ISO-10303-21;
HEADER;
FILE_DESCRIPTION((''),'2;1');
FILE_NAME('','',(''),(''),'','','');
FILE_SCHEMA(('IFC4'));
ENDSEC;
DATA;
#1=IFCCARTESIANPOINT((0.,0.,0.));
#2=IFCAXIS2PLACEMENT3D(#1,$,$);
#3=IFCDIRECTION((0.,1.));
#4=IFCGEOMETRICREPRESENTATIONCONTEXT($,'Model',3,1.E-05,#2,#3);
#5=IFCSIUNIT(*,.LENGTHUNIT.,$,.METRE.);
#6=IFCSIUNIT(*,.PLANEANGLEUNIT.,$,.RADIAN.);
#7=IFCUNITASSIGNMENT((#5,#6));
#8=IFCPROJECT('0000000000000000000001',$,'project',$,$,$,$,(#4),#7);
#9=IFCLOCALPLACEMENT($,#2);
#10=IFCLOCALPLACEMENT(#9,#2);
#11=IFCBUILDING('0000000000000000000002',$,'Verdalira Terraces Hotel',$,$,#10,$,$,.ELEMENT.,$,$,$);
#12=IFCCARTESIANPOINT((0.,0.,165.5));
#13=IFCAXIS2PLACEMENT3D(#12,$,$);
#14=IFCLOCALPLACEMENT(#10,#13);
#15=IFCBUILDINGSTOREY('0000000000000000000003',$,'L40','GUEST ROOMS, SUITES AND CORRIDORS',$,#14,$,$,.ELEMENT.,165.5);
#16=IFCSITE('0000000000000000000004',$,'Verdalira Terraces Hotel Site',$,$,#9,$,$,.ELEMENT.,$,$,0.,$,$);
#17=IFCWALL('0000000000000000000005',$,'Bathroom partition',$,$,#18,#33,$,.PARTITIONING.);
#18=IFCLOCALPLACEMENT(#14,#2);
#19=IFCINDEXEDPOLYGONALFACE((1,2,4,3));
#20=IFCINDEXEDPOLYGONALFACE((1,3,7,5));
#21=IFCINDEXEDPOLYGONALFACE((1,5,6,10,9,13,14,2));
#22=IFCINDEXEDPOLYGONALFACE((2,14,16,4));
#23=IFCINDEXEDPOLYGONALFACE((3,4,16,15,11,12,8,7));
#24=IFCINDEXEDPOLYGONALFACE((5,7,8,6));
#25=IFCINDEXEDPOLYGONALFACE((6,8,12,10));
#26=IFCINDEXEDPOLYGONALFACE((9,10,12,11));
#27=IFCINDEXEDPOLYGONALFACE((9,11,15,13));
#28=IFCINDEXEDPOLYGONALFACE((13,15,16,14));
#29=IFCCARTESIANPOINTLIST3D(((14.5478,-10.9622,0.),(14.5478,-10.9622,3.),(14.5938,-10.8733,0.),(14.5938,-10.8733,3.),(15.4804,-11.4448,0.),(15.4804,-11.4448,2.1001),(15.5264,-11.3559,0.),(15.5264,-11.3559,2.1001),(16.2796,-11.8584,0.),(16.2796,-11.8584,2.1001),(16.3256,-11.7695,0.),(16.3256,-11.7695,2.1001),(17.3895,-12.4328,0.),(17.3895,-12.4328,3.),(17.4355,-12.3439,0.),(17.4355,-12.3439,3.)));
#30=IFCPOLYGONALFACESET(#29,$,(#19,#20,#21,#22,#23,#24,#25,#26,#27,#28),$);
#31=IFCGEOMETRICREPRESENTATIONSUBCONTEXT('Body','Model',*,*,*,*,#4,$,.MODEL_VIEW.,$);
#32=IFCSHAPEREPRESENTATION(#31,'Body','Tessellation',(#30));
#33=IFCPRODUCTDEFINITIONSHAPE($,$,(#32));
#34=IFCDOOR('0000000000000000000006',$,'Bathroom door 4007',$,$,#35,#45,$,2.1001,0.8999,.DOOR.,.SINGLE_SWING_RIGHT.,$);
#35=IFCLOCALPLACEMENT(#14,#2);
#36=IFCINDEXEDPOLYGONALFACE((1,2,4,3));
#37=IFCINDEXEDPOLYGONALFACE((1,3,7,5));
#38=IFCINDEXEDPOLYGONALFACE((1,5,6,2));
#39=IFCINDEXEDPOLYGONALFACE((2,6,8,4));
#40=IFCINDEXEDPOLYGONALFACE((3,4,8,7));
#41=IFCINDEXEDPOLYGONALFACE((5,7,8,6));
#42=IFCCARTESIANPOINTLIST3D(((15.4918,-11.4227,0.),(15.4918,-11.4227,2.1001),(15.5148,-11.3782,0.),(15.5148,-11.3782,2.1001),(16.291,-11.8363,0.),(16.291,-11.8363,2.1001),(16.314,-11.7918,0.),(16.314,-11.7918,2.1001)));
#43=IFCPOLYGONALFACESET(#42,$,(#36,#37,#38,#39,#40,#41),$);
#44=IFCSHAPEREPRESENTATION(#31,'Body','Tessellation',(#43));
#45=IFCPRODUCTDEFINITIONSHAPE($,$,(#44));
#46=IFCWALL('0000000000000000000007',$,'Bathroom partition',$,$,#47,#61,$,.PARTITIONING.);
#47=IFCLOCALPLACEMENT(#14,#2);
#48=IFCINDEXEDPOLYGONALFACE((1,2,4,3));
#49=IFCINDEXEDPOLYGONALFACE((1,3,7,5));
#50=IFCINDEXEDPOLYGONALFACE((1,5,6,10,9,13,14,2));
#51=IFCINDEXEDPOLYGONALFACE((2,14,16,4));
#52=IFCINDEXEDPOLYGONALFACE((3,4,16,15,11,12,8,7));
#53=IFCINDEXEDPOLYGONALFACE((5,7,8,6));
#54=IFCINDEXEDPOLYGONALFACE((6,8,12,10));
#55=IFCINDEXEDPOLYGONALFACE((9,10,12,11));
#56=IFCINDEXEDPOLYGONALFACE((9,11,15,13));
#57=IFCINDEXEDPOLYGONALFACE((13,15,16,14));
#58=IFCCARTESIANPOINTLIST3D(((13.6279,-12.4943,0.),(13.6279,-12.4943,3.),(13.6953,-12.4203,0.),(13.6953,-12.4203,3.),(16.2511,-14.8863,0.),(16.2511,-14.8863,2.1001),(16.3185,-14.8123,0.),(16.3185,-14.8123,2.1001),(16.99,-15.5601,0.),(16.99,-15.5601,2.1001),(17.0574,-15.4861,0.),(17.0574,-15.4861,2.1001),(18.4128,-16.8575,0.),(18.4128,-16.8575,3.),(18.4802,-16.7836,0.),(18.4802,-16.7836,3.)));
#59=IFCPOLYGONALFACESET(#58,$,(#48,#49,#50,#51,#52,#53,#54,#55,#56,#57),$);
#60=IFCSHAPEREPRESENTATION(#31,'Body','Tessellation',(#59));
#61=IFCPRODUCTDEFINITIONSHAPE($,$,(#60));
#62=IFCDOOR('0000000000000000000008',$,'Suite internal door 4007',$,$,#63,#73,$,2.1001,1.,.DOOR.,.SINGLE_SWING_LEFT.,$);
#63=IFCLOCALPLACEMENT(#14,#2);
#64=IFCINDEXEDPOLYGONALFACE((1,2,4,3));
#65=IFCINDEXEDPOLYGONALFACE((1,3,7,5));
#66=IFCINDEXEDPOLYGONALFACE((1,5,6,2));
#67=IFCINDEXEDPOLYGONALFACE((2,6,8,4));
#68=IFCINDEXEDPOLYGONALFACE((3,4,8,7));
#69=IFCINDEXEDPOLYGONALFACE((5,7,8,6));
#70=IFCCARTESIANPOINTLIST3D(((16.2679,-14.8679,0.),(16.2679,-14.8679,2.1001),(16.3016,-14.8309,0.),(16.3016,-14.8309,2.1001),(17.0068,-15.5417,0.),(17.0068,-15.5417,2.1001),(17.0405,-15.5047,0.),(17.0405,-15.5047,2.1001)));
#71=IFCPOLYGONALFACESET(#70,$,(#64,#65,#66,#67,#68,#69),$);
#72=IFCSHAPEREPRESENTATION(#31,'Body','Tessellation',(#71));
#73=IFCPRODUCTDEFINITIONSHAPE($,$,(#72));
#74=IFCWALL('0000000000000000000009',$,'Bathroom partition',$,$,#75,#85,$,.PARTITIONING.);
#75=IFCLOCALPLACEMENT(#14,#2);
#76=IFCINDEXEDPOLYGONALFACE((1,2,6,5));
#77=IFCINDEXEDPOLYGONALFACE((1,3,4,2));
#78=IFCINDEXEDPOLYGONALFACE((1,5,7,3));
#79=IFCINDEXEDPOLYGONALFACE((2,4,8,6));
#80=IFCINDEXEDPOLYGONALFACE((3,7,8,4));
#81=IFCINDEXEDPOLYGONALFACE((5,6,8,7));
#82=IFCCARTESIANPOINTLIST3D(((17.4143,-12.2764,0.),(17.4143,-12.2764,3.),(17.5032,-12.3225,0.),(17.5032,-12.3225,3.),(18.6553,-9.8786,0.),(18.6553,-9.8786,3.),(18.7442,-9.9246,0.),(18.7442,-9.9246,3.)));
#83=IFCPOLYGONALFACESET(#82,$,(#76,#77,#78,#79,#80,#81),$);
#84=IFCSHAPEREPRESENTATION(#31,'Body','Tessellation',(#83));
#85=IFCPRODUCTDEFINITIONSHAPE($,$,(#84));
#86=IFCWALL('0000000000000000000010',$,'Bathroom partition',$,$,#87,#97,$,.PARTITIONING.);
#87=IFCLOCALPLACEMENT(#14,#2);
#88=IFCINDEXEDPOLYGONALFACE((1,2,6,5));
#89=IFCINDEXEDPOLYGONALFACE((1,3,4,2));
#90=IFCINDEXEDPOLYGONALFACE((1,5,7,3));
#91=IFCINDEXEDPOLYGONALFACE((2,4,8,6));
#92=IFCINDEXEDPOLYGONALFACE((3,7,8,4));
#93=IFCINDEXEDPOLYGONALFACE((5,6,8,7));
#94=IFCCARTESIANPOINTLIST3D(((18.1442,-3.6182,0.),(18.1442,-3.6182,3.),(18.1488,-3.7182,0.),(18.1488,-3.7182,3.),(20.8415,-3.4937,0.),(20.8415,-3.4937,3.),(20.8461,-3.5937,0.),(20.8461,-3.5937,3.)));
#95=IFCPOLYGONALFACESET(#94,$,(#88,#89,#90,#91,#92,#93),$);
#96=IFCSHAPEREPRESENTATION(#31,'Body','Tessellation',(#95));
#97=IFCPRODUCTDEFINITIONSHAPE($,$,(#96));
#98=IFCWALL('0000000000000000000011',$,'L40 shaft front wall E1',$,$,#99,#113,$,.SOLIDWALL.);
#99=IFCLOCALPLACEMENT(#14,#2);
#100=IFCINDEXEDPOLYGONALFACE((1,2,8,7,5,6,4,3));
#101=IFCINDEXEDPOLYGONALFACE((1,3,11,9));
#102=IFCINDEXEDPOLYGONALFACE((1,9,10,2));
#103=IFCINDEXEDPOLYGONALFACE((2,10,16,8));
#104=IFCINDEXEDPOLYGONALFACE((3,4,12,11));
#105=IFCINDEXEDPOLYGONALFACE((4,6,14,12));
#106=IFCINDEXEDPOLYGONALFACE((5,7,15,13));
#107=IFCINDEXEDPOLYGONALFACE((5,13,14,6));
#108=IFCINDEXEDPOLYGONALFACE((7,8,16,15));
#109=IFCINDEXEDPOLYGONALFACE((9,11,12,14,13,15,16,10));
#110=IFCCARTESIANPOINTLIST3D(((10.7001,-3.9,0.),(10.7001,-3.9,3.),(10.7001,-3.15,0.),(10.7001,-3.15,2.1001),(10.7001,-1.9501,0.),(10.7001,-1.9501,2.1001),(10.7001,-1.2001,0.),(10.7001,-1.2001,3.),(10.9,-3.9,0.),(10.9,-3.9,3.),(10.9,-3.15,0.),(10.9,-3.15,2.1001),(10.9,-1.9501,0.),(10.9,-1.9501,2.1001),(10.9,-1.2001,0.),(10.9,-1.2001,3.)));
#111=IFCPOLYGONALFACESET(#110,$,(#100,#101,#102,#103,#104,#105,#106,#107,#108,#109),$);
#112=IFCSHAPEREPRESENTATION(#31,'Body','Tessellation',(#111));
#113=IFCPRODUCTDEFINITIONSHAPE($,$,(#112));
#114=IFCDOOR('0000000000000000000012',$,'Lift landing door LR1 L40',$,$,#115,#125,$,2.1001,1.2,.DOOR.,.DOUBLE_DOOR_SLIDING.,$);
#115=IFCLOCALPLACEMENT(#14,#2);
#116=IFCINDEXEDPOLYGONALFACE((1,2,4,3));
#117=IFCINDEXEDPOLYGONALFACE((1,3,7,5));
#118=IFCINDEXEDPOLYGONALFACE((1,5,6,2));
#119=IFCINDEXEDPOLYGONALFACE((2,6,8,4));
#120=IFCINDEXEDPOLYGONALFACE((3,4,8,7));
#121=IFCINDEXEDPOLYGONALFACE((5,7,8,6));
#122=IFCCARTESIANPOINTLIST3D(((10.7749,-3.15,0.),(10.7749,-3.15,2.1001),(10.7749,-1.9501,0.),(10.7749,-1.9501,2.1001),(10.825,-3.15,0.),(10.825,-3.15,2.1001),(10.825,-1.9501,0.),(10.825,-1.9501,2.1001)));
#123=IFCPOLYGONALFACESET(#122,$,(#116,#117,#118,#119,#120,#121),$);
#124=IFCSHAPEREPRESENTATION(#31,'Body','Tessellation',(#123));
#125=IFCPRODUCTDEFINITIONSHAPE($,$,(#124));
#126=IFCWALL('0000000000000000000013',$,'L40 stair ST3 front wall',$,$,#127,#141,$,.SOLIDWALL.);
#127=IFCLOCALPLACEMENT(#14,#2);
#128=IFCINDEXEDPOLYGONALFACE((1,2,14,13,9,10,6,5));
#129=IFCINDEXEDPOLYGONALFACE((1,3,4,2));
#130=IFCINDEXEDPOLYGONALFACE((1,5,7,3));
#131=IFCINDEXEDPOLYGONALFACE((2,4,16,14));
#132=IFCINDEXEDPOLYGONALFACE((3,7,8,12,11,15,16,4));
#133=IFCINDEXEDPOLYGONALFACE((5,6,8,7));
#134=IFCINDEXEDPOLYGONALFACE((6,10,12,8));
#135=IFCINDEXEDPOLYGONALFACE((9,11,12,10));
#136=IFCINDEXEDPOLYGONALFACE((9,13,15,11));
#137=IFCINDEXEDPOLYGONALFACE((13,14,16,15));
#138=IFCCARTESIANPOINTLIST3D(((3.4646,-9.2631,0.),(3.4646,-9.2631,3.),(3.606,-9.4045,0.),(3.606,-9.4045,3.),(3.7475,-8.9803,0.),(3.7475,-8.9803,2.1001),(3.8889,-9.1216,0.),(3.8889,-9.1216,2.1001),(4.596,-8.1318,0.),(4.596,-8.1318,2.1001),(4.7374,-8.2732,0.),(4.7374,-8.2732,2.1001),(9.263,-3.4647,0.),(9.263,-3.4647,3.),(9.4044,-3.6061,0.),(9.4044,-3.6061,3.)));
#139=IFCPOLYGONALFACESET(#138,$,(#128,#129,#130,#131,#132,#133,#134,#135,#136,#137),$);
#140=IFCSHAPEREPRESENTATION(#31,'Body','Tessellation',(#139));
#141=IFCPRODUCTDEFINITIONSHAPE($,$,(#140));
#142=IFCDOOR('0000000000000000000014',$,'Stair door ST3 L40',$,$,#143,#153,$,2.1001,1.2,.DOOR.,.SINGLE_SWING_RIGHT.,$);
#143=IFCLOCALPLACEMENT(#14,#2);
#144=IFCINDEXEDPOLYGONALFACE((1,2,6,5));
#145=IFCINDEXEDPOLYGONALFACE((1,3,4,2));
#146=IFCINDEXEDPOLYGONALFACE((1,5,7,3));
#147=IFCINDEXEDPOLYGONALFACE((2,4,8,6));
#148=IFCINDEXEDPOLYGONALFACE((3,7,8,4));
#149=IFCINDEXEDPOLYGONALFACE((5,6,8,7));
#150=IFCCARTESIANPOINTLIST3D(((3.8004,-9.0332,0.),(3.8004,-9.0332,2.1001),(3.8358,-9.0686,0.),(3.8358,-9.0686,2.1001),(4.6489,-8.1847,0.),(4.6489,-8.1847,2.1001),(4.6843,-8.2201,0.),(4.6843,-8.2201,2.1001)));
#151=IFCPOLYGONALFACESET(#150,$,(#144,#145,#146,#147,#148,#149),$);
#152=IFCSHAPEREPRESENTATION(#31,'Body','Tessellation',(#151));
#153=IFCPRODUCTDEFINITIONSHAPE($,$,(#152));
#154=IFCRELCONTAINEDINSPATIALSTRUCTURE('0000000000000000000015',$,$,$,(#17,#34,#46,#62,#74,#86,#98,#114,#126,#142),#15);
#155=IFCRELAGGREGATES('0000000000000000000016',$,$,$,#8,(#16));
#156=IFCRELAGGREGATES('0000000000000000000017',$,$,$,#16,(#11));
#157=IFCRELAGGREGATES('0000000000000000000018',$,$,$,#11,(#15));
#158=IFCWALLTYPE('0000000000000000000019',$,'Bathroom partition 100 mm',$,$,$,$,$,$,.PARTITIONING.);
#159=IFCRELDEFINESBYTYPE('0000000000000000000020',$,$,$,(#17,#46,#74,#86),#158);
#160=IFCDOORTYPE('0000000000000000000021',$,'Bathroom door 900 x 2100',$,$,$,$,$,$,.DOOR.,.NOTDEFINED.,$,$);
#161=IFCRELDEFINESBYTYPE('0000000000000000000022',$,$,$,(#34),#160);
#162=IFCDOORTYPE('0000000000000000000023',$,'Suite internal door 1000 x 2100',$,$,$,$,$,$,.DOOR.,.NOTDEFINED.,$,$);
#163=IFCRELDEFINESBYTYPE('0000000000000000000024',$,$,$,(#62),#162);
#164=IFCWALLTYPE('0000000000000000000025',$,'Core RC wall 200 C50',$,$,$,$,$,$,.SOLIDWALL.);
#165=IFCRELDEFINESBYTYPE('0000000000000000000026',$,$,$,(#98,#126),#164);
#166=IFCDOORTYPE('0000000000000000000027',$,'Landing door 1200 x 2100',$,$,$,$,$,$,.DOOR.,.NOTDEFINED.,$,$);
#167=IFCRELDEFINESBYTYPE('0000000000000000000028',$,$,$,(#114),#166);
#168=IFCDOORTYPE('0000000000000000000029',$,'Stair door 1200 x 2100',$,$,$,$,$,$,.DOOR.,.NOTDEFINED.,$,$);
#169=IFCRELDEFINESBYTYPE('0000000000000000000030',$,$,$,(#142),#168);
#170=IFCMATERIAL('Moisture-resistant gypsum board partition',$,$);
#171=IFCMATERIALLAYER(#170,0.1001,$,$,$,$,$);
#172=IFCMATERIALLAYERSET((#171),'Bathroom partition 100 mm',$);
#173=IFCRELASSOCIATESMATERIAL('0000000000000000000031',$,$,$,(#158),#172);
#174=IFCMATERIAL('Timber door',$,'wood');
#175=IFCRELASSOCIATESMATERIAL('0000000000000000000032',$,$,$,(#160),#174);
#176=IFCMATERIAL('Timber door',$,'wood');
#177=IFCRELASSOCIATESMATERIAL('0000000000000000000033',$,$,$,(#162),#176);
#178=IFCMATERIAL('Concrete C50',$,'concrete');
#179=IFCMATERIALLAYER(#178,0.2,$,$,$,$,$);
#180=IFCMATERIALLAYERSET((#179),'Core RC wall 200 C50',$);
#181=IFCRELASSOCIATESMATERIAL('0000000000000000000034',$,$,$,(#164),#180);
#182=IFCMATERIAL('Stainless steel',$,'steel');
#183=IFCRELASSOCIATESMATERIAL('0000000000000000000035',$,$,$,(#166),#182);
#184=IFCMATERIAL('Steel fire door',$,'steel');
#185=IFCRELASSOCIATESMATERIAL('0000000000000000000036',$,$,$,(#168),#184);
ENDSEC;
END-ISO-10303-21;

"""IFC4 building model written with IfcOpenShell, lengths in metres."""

from ifc_helpers import new_model, si_unit, direction, frame, frame_2d, origin, place, context, subcontext, project, spatial, rectangle, extrude, material, layer, layer_set, type_object, element, fill, save


model = new_model("IFC4")

# Units and contexts
model_context = context("Model", 3, precision=1e-05, world=origin(), true_north=direction((0.0, 1.0)))
body_context = subcontext(model_context, "Body", "Model", "MODEL_VIEW")
ifc_project = project(units=[si_unit("LENGTHUNIT", "METRE"), si_unit("PLANEANGLEUNIT", "RADIAN")], contexts=[model_context])

# Site, building, storey
site_placement = place(None, origin())
site = spatial("IfcSite", under=ifc_project, at=site_placement, Name="Verdalira Terraces Hotel Site", CompositionType="ELEMENT", RefElevation=0.0)
building_placement = place(site_placement, origin())
building = spatial("IfcBuilding", under=site, at=building_placement, Name="Verdalira Terraces Hotel", CompositionType="ELEMENT")
storey_placement = place(building_placement, frame((0.0, 0.0, 165.5)))
storey = spatial("IfcBuildingStorey", under=building, at=storey_placement, Name="L40", Description="GUEST ROOMS, SUITES AND CORRIDORS", CompositionType="ELEMENT", Elevation=165.5)

# Walls, openings, doors
ifc_material_1 = material(Name="Moisture-resistant gypsum board partition")
ifc_layer_1 = layer(ifc_material_1, 0.1001)
ifc_layer_set_1 = layer_set([ifc_layer_1], Name="Bathroom partition 100 mm")
wall_type_1 = type_object("IfcWallType", Name="Bathroom partition 100 mm", PredefinedType="PARTITIONING", material=ifc_layer_set_1)
wall_1_placement = place(storey_placement, frame((14.5708, -10.9177, 0.0), z_axis=(0.0, 0.0, 1.0), x_axis=(0.888115, -0.459622, 0.0)))
wall_1 = element("IfcWall", 1, at=wall_1_placement, inside=storey, type_object=wall_type_1, Name="Bathroom partition", PredefinedType="PARTITIONING", context=body_context, shape_type="SweptSolid", body=[
    extrude(rectangle(XDim=3.1997, YDim=0.1001, at=frame_2d((1.5999, 0.0))), origin(), (0.0, 0.0, 1.0), 3.0),
])
opening_1_placement = place(wall_1_placement, frame((1.05, 0.0, 0.0)))
opening_1 = element("IfcOpeningElement", 2, at=opening_1_placement, cuts=wall_1, PredefinedType="OPENING", context=body_context, shape_type="SweptSolid", body=[
    extrude(rectangle(XDim=0.8999, YDim=2.1001, at=frame_2d((0.45, 1.05))), frame((0.0, 0.0601, 0.0), z_axis=(0.0, -1.0, 0.0), x_axis=(1.0, 0.0, 0.0)), (0.0, 0.0, 1.0), 0.1201),
])
ifc_material_2 = material(Name="Timber door", Category="wood")
door_type_1 = type_object("IfcDoorType", Name="Bathroom door 900 x 2100", OperationType="NOTDEFINED", PredefinedType="DOOR", material=ifc_material_2)
door_1_placement = place(opening_1_placement, origin())
door_1 = element("IfcDoor", 3, at=door_1_placement, inside=storey, type_object=door_type_1, Name="Bathroom door 4007", OperationType="SINGLE_SWING_RIGHT", OverallHeight=2.1001, OverallWidth=0.8999, PredefinedType="DOOR", context=body_context, shape_type="SweptSolid", body=[
    extrude(rectangle(XDim=0.8999, YDim=2.1001, at=frame_2d((0.45, 1.05))), frame((0.0, 0.0249, 0.0), z_axis=(0.0, -1.0, 0.0), x_axis=(1.0, 0.0, 0.0)), (0.0, 0.0, 1.0), 0.05),
])
fill(opening_1, door_1)
wall_2_placement = place(storey_placement, frame((13.6616, -12.4573, 0.0), z_axis=(0.0, 0.0, 1.0), x_axis=(0.738912, -0.673802, 0.0)))
wall_2 = element("IfcWall", 4, at=wall_2_placement, inside=storey, type_object=wall_type_1, Name="Bathroom partition", PredefinedType="PARTITIONING", context=body_context, shape_type="SweptSolid", body=[
    extrude(rectangle(XDim=6.4756, YDim=0.1001, at=frame_2d((3.2378, 0.0))), origin(), (0.0, 0.0, 1.0), 3.0),
])
opening_2_placement = place(wall_2_placement, frame((3.55, 0.0, 0.0)))
opening_2 = element("IfcOpeningElement", 5, at=opening_2_placement, cuts=wall_2, PredefinedType="OPENING", context=body_context, shape_type="SweptSolid", body=[
    extrude(rectangle(XDim=1.0, YDim=2.1001, at=frame_2d((0.5, 1.05))), frame((0.0, 0.0601, 0.0), z_axis=(0.0, -1.0, 0.0), x_axis=(1.0, 0.0, 0.0)), (0.0, 0.0, 1.0), 0.1201),
])
ifc_material_3 = material(Name="Timber door", Category="wood")
door_type_2 = type_object("IfcDoorType", Name="Suite internal door 1000 x 2100", OperationType="NOTDEFINED", PredefinedType="DOOR", material=ifc_material_3)
door_2_placement = place(opening_2_placement, origin())
door_2 = element("IfcDoor", 6, at=door_2_placement, inside=storey, type_object=door_type_2, Name="Suite internal door 4007", OperationType="SINGLE_SWING_LEFT", OverallHeight=2.1001, OverallWidth=1.0, PredefinedType="DOOR", context=body_context, shape_type="SweptSolid", body=[
    extrude(rectangle(XDim=1.0, YDim=2.1001, at=frame_2d((0.5, 1.05))), frame((0.0, 0.0249, 0.0), z_axis=(0.0, -1.0, 0.0), x_axis=(1.0, 0.0, 0.0)), (0.0, 0.0, 1.0), 0.05),
])
fill(opening_2, door_2)

# Walls
wall_3_placement = place(storey_placement, frame((17.4587, -12.2996, 0.0), z_axis=(0.0, 0.0, 1.0), x_axis=(0.459612, 0.88812, 0.0)))
element("IfcWall", 7, at=wall_3_placement, inside=storey, type_object=wall_type_1, Name="Bathroom partition", PredefinedType="PARTITIONING", context=body_context, shape_type="SweptSolid", body=[
    extrude(rectangle(XDim=2.7, YDim=0.1001, at=frame_2d((1.3501, 0.0))), origin(), (0.0, 0.0, 1.0), 3.0),
])
wall_4_placement = place(storey_placement, frame((18.1465, -3.6682, 0.0), z_axis=(0.0, 0.0, 1.0), x_axis=(0.998936, 0.046113, 0.0)))
element("IfcWall", 8, at=wall_4_placement, inside=storey, type_object=wall_type_1, Name="Bathroom partition", PredefinedType="PARTITIONING", context=body_context, shape_type="SweptSolid", body=[
    extrude(rectangle(XDim=2.7002, YDim=0.1001, at=frame_2d((1.3501, 0.0))), origin(), (0.0, 0.0, 1.0), 3.0),
])

# Walls, openings, doors
ifc_material_4 = material(Name="Concrete C50", Category="concrete")
ifc_layer_2 = layer(ifc_material_4, 0.2)
ifc_layer_set_2 = layer_set([ifc_layer_2], Name="Core RC wall 200 C50")
wall_type_2 = type_object("IfcWallType", Name="Core RC wall 200 C50", PredefinedType="SOLIDWALL", material=ifc_layer_set_2)
wall_5_placement = place(storey_placement, frame((10.8, -1.2, 0.0), z_axis=(0.0, 0.0, 1.0), x_axis=(0.0, -1.0, 0.0)))
wall_5 = element("IfcWall", 9, at=wall_5_placement, inside=storey, type_object=wall_type_2, Name="L40 shaft front wall E1", PredefinedType="SOLIDWALL", context=body_context, shape_type="SweptSolid", body=[
    extrude(rectangle(XDim=2.7, YDim=0.2, at=frame_2d((1.3501, 0.0))), origin(), (0.0, 0.0, 1.0), 3.0),
])
opening_3_placement = place(wall_5_placement, frame((0.75, 0.0, 0.0)))
opening_3 = element("IfcOpeningElement", 10, at=opening_3_placement, cuts=wall_5, PredefinedType="OPENING", context=body_context, shape_type="SweptSolid", body=[
    extrude(rectangle(XDim=1.2, YDim=2.1001, at=frame_2d((0.6001, 1.05))), frame((0.0, 0.1099, 0.0), z_axis=(0.0, -1.0, 0.0), x_axis=(1.0, 0.0, 0.0)), (0.0, 0.0, 1.0), 0.22),
])
ifc_material_5 = material(Name="Stainless steel", Category="steel")
door_type_3 = type_object("IfcDoorType", Name="Landing door 1200 x 2100", OperationType="NOTDEFINED", PredefinedType="DOOR", material=ifc_material_5)
door_3_placement = place(opening_3_placement, origin())
door_3 = element("IfcDoor", 11, at=door_3_placement, inside=storey, type_object=door_type_3, Name="Lift landing door LR1 L40", OperationType="DOUBLE_DOOR_SLIDING", OverallHeight=2.1001, OverallWidth=1.2, PredefinedType="DOOR", context=body_context, shape_type="SweptSolid", body=[
    extrude(rectangle(XDim=1.2, YDim=2.1001, at=frame_2d((0.6001, 1.05))), frame((0.0, 0.0249, 0.0), z_axis=(0.0, -1.0, 0.0), x_axis=(1.0, 0.0, 0.0)), (0.0, 0.0, 1.0), 0.05),
])
fill(opening_3, door_3)
wall_6_placement = place(storey_placement, frame((9.3337, -3.5354, 0.0), z_axis=(0.0, 0.0, 1.0), x_axis=(-0.707107, -0.707107, 0.0)))
wall_6 = element("IfcWall", 12, at=wall_6_placement, inside=storey, type_object=wall_type_2, Name="L40 stair ST3 front wall", PredefinedType="SOLIDWALL", context=body_context, shape_type="SweptSolid", body=[
    extrude(rectangle(XDim=8.2002, YDim=0.2, at=frame_2d((4.1001, 0.0))), origin(), (0.0, 0.0, 1.0), 3.0),
])
opening_4_placement = place(wall_6_placement, frame((6.6001, 0.0, 0.0)))
opening_4 = element("IfcOpeningElement", 13, at=opening_4_placement, cuts=wall_6, PredefinedType="OPENING", context=body_context, shape_type="SweptSolid", body=[
    extrude(rectangle(XDim=1.2, YDim=2.1001, at=frame_2d((0.6001, 1.05))), frame((0.0, 0.1099, 0.0), z_axis=(0.0, -1.0, 0.0), x_axis=(1.0, 0.0, 0.0)), (0.0, 0.0, 1.0), 0.22),
])
ifc_material_6 = material(Name="Steel fire door", Category="steel")
door_type_4 = type_object("IfcDoorType", Name="Stair door 1200 x 2100", OperationType="NOTDEFINED", PredefinedType="DOOR", material=ifc_material_6)
door_4_placement = place(opening_4_placement, origin())
door_4 = element("IfcDoor", 14, at=door_4_placement, inside=storey, type_object=door_type_4, Name="Stair door ST3 L40", OperationType="SINGLE_SWING_RIGHT", OverallHeight=2.1001, OverallWidth=1.2, PredefinedType="DOOR", context=body_context, shape_type="SweptSolid", body=[
    extrude(rectangle(XDim=1.2, YDim=2.1001, at=frame_2d((0.6001, 1.05))), frame((0.0, 0.0249, 0.0), z_axis=(0.0, -1.0, 0.0), x_axis=(1.0, 0.0, 0.0)), (0.0, 0.0, 1.0), 0.05),
])
fill(opening_4, door_4)

save(model, "model.ifc")
